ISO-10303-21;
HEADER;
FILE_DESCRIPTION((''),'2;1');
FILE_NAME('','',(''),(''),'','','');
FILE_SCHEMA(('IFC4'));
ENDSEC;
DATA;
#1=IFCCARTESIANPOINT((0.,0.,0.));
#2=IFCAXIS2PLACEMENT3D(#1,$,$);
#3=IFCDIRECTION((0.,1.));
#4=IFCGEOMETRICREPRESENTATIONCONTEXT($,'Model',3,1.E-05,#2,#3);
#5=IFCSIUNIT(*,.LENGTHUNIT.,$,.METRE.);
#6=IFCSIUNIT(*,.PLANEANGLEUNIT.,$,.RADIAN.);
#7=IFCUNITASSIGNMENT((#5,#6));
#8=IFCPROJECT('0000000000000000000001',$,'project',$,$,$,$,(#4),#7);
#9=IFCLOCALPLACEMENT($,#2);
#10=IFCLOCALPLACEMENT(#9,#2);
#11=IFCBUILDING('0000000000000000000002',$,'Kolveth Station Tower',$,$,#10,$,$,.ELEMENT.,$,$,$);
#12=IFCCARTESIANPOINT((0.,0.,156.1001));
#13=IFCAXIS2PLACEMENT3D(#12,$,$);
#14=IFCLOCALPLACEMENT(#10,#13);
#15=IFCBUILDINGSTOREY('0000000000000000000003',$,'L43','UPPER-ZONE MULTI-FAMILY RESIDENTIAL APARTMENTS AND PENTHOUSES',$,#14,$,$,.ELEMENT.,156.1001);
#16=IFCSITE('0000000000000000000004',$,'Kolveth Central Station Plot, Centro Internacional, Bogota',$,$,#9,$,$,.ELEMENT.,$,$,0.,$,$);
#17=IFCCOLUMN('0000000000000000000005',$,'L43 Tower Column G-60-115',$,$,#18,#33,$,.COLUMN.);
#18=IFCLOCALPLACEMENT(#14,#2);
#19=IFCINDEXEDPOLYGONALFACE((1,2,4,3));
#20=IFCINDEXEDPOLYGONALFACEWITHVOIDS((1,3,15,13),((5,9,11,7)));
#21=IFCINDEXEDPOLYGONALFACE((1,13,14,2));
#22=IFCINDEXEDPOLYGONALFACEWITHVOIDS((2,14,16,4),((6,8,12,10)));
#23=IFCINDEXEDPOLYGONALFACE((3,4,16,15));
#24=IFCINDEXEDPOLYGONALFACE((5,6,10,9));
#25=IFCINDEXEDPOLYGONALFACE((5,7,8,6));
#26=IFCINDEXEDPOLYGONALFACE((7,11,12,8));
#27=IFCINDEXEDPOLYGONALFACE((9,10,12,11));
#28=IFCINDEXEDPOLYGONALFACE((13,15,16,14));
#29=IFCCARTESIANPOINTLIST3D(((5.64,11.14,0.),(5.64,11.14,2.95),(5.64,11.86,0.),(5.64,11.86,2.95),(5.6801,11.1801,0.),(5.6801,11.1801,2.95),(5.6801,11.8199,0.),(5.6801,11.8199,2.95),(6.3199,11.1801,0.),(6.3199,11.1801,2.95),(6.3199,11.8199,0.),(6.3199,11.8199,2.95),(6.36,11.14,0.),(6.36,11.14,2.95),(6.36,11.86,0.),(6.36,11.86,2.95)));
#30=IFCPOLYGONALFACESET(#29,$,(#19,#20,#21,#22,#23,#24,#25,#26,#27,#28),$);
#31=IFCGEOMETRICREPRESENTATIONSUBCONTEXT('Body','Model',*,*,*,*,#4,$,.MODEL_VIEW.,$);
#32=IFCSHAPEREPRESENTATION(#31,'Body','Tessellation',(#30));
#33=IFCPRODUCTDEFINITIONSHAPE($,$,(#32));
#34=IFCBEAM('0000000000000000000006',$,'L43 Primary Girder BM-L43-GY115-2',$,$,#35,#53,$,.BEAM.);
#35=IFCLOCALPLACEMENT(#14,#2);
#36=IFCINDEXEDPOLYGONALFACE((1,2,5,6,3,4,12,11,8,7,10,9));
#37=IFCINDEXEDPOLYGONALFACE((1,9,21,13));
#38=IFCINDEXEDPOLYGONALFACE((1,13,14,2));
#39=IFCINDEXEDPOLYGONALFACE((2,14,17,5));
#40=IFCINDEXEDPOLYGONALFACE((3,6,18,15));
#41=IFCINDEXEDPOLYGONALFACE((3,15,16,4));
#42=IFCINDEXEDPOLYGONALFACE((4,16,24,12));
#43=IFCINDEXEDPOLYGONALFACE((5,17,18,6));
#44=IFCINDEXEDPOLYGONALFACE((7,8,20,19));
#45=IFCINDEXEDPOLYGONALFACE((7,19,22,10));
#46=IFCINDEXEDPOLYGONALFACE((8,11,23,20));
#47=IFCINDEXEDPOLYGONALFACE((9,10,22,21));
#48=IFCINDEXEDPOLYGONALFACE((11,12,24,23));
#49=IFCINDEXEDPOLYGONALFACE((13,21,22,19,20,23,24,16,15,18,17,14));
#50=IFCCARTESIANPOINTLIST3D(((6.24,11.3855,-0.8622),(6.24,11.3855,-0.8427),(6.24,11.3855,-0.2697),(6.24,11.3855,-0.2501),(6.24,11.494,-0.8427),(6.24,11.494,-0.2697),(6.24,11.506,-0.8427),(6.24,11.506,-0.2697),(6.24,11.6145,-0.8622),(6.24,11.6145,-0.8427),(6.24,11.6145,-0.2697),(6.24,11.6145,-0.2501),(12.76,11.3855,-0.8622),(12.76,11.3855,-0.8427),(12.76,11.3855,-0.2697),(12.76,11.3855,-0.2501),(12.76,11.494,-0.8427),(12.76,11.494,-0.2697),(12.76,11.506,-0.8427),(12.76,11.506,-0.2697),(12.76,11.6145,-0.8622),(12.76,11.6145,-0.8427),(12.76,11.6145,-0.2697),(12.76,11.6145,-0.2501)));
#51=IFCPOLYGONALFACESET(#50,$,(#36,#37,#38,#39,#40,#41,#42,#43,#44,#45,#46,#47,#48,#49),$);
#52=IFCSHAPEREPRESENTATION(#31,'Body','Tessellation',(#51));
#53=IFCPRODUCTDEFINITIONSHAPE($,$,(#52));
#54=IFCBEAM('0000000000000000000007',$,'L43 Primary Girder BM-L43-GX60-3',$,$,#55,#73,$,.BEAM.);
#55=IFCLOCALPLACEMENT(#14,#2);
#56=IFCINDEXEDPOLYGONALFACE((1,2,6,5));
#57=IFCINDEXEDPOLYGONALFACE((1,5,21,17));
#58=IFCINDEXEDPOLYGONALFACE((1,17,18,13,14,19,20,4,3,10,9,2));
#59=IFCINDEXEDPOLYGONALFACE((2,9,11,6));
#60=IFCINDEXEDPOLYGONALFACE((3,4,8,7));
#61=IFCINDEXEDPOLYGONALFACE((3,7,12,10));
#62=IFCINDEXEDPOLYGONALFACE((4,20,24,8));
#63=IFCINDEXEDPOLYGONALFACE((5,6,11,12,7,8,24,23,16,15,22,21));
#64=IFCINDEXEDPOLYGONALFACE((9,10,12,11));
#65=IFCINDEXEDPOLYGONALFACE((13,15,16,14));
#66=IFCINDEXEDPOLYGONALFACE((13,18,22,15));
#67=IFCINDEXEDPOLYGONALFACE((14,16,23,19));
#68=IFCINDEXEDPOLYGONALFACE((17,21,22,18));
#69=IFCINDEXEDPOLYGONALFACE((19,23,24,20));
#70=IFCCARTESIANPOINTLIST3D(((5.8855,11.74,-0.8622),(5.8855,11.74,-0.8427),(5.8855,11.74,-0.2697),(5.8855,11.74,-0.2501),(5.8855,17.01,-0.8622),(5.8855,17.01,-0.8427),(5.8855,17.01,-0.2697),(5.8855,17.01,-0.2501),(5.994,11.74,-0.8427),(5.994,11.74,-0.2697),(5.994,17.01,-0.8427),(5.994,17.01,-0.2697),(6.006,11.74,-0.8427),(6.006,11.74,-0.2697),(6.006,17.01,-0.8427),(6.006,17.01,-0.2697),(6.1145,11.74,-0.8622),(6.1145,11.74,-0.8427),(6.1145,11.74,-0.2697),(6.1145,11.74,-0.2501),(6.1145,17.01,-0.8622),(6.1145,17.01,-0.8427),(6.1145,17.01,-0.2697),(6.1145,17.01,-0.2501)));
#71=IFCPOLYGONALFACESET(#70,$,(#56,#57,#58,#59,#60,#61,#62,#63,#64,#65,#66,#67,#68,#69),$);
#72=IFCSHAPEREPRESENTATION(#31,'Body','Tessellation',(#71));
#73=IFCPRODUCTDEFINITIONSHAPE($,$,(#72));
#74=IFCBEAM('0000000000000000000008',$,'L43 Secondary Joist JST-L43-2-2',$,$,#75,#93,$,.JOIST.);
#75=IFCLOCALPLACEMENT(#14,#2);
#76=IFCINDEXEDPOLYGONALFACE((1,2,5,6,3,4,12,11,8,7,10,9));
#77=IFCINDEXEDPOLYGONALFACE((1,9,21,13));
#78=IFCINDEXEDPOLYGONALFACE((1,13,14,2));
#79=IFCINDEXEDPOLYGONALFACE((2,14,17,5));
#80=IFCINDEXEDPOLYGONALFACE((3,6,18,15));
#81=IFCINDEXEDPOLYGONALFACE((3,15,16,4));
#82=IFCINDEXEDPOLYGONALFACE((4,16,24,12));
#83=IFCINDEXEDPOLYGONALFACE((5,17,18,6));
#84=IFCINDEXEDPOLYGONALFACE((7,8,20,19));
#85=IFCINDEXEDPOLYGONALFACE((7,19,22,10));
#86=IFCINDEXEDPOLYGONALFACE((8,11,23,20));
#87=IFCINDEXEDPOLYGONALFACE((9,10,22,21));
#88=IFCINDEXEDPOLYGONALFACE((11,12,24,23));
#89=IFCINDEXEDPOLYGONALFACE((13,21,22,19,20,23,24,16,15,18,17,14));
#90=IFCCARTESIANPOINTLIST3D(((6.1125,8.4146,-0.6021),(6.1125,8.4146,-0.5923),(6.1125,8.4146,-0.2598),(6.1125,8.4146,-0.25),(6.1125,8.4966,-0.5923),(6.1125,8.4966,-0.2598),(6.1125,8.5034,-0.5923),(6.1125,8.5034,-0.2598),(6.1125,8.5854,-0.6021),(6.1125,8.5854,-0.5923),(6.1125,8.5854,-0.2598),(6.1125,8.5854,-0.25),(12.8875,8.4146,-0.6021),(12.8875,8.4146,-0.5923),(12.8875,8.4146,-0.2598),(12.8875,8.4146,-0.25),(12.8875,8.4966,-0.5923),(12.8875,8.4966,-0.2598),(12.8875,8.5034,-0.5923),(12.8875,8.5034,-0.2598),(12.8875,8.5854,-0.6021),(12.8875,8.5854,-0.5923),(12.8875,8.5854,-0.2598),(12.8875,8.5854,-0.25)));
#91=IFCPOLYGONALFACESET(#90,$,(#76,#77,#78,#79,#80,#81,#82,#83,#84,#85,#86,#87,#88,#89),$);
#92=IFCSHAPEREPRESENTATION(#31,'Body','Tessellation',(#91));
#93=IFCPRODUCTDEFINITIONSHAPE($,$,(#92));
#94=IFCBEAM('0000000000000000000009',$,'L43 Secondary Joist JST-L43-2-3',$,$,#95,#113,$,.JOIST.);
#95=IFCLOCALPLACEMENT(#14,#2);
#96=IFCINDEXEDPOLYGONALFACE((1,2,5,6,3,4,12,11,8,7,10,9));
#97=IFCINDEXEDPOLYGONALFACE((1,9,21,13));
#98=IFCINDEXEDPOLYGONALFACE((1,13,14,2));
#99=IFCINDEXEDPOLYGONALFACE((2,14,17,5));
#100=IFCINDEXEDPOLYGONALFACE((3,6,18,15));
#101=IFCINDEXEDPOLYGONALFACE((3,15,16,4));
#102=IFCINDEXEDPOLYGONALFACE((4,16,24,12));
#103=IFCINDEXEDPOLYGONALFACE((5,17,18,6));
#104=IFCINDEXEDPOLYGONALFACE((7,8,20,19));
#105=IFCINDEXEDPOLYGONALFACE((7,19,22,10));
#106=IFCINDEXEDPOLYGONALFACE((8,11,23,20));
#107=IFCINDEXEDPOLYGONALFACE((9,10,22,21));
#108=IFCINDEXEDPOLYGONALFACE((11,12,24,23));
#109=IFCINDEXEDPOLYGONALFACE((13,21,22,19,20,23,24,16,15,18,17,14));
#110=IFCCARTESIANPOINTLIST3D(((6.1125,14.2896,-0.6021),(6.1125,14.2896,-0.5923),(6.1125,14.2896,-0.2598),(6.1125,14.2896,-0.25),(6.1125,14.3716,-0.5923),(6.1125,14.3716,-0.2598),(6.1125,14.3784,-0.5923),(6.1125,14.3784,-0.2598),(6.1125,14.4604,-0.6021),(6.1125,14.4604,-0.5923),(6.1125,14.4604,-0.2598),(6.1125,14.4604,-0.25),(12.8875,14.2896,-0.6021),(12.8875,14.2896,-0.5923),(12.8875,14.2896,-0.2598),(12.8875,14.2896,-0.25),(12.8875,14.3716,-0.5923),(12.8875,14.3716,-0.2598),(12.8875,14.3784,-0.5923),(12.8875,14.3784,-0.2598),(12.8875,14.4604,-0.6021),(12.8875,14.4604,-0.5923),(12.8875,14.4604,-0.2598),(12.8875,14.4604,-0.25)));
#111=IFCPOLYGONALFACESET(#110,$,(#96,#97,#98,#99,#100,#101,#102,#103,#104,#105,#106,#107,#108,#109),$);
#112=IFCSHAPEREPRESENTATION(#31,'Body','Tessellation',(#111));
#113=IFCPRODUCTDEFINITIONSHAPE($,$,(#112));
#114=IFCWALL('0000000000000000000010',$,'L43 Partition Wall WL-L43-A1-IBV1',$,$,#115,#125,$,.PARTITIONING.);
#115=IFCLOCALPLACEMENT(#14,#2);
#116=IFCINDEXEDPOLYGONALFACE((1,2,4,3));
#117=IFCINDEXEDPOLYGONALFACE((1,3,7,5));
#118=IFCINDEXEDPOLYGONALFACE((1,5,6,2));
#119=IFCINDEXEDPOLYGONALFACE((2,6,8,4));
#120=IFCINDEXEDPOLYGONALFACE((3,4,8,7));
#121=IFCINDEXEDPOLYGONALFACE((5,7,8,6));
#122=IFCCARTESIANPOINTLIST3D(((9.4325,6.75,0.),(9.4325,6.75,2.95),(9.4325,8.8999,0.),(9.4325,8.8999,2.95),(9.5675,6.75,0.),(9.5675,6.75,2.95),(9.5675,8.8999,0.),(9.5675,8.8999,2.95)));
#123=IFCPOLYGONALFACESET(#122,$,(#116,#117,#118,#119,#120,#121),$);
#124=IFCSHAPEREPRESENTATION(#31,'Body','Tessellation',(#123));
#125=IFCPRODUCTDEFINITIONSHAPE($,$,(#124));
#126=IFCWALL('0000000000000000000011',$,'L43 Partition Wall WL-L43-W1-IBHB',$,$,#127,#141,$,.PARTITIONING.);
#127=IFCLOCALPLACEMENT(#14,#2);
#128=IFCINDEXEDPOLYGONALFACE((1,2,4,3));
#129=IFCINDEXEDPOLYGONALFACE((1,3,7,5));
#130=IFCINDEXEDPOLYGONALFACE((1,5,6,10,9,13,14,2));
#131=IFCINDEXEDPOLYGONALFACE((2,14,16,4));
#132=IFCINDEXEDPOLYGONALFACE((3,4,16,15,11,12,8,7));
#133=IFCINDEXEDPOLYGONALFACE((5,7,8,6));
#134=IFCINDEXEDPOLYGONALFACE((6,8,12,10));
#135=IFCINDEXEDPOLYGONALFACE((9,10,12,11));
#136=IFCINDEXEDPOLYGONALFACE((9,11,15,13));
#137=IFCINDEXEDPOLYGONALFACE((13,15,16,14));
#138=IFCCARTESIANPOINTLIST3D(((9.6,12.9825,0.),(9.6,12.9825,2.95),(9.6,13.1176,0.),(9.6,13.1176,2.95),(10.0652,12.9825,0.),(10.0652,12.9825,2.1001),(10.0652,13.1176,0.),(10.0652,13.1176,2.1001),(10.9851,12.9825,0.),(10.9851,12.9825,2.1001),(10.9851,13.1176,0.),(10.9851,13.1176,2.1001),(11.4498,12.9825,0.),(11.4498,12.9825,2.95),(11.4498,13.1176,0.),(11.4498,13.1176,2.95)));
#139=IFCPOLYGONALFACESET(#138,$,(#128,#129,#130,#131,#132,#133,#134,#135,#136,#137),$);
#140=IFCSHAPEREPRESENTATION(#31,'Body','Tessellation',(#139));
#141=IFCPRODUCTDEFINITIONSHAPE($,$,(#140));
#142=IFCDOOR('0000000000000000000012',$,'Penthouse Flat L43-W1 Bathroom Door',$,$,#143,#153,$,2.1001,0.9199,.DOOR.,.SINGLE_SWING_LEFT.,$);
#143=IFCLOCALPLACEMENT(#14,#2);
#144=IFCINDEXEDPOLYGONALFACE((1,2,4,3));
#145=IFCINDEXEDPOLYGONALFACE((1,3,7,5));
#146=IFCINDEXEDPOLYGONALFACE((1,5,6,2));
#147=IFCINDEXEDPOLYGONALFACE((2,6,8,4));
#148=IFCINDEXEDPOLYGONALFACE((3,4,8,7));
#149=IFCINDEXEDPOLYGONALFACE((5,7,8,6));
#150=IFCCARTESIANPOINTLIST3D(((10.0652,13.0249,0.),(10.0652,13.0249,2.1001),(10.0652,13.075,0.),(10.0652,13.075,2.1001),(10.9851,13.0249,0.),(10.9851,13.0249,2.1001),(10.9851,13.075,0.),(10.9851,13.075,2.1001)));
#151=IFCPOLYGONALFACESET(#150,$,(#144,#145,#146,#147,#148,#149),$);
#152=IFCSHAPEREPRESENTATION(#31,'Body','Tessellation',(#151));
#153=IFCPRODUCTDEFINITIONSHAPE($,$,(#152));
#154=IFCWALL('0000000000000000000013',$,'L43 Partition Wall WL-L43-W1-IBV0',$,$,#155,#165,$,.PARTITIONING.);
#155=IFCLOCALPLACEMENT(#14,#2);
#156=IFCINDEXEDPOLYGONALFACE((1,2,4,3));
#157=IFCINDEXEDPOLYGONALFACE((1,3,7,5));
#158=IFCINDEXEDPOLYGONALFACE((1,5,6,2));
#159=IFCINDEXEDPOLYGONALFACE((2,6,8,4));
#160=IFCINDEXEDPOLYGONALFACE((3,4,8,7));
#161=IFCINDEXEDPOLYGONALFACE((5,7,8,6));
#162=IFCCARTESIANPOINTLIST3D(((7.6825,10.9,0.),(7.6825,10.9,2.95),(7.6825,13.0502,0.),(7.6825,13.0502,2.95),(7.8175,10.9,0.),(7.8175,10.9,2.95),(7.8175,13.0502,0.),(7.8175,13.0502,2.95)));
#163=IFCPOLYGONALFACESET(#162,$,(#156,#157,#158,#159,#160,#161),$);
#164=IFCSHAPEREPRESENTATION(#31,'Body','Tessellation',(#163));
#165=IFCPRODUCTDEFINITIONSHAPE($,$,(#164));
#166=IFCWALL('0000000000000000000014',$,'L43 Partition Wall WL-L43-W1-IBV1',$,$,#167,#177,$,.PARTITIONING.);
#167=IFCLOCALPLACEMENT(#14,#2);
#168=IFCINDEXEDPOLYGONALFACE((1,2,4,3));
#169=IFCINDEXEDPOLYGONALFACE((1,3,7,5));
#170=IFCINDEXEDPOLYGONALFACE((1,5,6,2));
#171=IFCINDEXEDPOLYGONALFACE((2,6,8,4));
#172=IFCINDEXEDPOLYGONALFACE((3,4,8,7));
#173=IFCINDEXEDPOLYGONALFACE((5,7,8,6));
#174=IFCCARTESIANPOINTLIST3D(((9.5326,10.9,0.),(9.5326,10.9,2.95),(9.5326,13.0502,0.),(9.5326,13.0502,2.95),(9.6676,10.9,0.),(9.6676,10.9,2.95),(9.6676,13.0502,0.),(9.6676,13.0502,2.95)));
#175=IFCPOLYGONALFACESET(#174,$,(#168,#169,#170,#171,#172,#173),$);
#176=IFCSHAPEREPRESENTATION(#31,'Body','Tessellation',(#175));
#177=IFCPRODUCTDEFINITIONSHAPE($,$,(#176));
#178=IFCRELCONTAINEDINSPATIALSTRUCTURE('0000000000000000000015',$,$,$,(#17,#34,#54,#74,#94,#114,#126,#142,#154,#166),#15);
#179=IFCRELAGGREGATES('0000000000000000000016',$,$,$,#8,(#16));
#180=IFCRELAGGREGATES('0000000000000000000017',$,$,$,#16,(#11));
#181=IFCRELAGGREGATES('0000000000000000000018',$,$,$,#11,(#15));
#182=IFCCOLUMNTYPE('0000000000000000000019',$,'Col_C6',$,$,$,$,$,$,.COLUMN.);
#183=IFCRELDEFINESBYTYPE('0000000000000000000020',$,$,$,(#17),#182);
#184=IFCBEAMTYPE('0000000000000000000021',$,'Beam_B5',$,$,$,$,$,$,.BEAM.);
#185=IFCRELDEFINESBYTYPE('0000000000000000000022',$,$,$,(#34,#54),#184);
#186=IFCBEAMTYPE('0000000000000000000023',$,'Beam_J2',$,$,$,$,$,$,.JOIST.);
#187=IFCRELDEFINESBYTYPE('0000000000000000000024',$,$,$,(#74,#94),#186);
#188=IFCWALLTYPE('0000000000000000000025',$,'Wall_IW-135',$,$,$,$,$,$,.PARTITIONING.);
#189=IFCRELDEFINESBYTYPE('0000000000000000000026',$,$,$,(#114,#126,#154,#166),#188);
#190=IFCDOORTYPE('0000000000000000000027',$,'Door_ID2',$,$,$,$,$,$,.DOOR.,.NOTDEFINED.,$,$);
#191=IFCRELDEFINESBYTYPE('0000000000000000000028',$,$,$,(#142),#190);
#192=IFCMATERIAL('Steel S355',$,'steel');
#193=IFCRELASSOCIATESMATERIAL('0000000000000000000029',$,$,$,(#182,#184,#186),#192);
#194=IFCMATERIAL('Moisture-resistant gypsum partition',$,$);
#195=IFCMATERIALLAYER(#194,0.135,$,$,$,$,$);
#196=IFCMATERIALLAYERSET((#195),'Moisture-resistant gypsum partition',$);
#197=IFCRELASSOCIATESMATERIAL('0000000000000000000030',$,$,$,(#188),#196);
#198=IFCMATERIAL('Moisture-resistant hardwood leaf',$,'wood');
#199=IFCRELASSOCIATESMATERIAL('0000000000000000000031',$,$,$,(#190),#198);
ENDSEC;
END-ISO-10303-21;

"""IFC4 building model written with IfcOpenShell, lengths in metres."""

from ifc_helpers import new_model, si_unit, direction, frame, frame_2d, origin, origin_2d, place, context, subcontext, project, spatial, rectangle, hollow_rectangle, i_section, extrude, source, transform, mapped, material, layer, layer_set, material_profile, profile_set, type_object, element, fill, save


model = new_model("IFC4")

# Units and contexts
model_context = context("Model", 3, precision=1e-05, world=origin(), true_north=direction((0.0, 1.0)))
body_context = subcontext(model_context, "Body", "Model", "MODEL_VIEW")
ifc_project = project(units=[si_unit("LENGTHUNIT", "METRE"), si_unit("PLANEANGLEUNIT", "RADIAN")], contexts=[model_context])

# Site, building, storey
site_placement = place(None, origin())
site = spatial("IfcSite", under=ifc_project, at=site_placement, Name="Kolveth Central Station Plot, Centro Internacional, Bogota", CompositionType="ELEMENT", RefElevation=0.0)
building_placement = place(site_placement, origin())
building = spatial("IfcBuilding", under=site, at=building_placement, Name="Kolveth Station Tower", CompositionType="ELEMENT")
storey_placement = place(building_placement, frame((0.0, 0.0, 156.1001)))
storey = spatial("IfcBuildingStorey", under=building, at=storey_placement, Name="L43", Description="UPPER-ZONE MULTI-FAMILY RESIDENTIAL APARTMENTS AND PENTHOUSES", CompositionType="ELEMENT", Elevation=156.1001)

# Column
ifc_material_1 = material(Name="Steel S355", Category="steel")
ifc_material_profile_1 = material_profile(ifc_material_1, hollow_rectangle(XDim=0.72, YDim=0.72, WallThickness=0.04, at=origin_2d()), Name="BOX720x720x40")
ifc_profile_set_1 = profile_set([ifc_material_profile_1], Name="Steel S355")
column_type = type_object("IfcColumnType", Name="Col_C6", PredefinedType="COLUMN", material=ifc_profile_set_1)
shared_shape_1 = source(origin(), body_context, "Body", "SweptSolid", [
    extrude(hollow_rectangle(XDim=0.72, YDim=0.72, WallThickness=0.04, at=origin_2d()), origin(), (0.0, 0.0, 1.0), 2.95),
])
column_placement = place(storey_placement, frame((6.0, 11.5, 0.0), z_axis=(0.0, 0.0, 1.0), x_axis=(1.0, 0.0, 0.0)))
element("IfcColumn", 1, at=column_placement, inside=storey, type_object=column_type, Name="L43 Tower Column G-60-115", PredefinedType="COLUMN", context=body_context, shape_type="MappedRepresentation", body=[
    mapped(shared_shape_1, transform((0.0, 0.0, 0.0), x_axis=(1.0, 0.0, 0.0), y_axis=(0.0, 1.0, 0.0), z_axis=(0.0, 0.0, 1.0), scale=1.0)),
])

# Beams
ifc_material_profile_2 = material_profile(ifc_material_1, i_section(OverallWidth=0.229, OverallDepth=0.6121, WebThickness=0.012, FlangeThickness=0.0195, at=origin_2d()), Name="W610x125")
ifc_profile_set_2 = profile_set([ifc_material_profile_2], Name="Steel S355")
beam_type_1 = type_object("IfcBeamType", Name="Beam_B5", PredefinedType="BEAM", material=ifc_profile_set_2)
shared_shape_2 = source(origin(), body_context, "Body", "SweptSolid", [
    extrude(i_section(OverallWidth=0.229, OverallDepth=0.6121, WebThickness=0.012, FlangeThickness=0.0195, at=origin_2d()), origin(), (0.0, 0.0, 1.0), 6.52),
])
beam_1_placement = place(storey_placement, frame((6.24, 11.5, -0.5562), z_axis=(1.0, 0.0, 0.0), x_axis=(0.0, 1.0, 0.0)))
element("IfcBeam", 2, at=beam_1_placement, inside=storey, type_object=beam_type_1, Name="L43 Primary Girder BM-L43-GY115-2", PredefinedType="BEAM", context=body_context, shape_type="MappedRepresentation", body=[
    mapped(shared_shape_2, transform((0.0, 0.0, 0.0), x_axis=(1.0, 0.0, 0.0), y_axis=(0.0, 1.0, 0.0), z_axis=(0.0, 0.0, 1.0), scale=1.0)),
])
shared_shape_3 = source(origin(), body_context, "Body", "SweptSolid", [
    extrude(i_section(OverallWidth=0.229, OverallDepth=0.6121, WebThickness=0.012, FlangeThickness=0.0195, at=origin_2d()), origin(), (0.0, 0.0, 1.0), 5.27),
])
beam_2_placement = place(storey_placement, frame((6.0, 11.74, -0.5562), z_axis=(0.0, 1.0, 0.0), x_axis=(-1.0, 0.0, 0.0)))
element("IfcBeam", 3, at=beam_2_placement, inside=storey, type_object=beam_type_1, Name="L43 Primary Girder BM-L43-GX60-3", PredefinedType="BEAM", context=body_context, shape_type="MappedRepresentation", body=[
    mapped(shared_shape_3, transform((0.0, 0.0, 0.0), x_axis=(1.0, 0.0, 0.0), y_axis=(0.0, 1.0, 0.0), z_axis=(0.0, 0.0, 1.0), scale=1.0)),
])
ifc_material_profile_3 = material_profile(ifc_material_1, i_section(OverallWidth=0.1709, OverallDepth=0.3521, WebThickness=0.0068, FlangeThickness=0.0098, at=origin_2d()), Name="W360x44")
ifc_profile_set_3 = profile_set([ifc_material_profile_3], Name="Steel S355")
beam_type_2 = type_object("IfcBeamType", Name="Beam_J2", PredefinedType="JOIST", material=ifc_profile_set_3)
shared_shape_4 = source(origin(), body_context, "Body", "SweptSolid", [
    extrude(i_section(OverallWidth=0.1709, OverallDepth=0.3521, WebThickness=0.0068, FlangeThickness=0.0098, at=origin_2d()), origin(), (0.0, 0.0, 1.0), 6.7749),
])
for number, where, z_axis, x_axis, name in (
    (4, (6.1125, 8.5, -0.426), (1.0, 0.0, 0.0), (0.0, 1.0, 0.0), "L43 Secondary Joist JST-L43-2-2"),
    (5, (6.1125, 14.375, -0.426), (1.0, 0.0, 0.0), (0.0, 1.0, 0.0), "L43 Secondary Joist JST-L43-2-3"),
):
    element("IfcBeam", number, at=place(storey_placement, frame(where, z_axis=z_axis, x_axis=x_axis)), inside=storey, type_object=beam_type_2, Name=name, PredefinedType="JOIST", context=body_context, shape_type="MappedRepresentation", body=[
        mapped(shared_shape_4, transform((0.0, 0.0, 0.0), x_axis=(1.0, 0.0, 0.0), y_axis=(0.0, 1.0, 0.0), z_axis=(0.0, 0.0, 1.0), scale=1.0)),
    ])

# Wall
ifc_material_2 = material(Name="Moisture-resistant gypsum partition")
ifc_layer_1 = layer(ifc_material_2, 0.135)
ifc_layer_set_1 = layer_set([ifc_layer_1], Name="Moisture-resistant gypsum partition")
wall_type_1 = type_object("IfcWallType", Name="Wall_IW-135", PredefinedType="PARTITIONING", material=ifc_layer_set_1)
wall_1_placement = place(storey_placement, frame((9.5, 6.75, 0.0), z_axis=(0.0, 0.0, 1.0), x_axis=(0.0, 1.0, 0.0)))
element("IfcWall", 6, at=wall_1_placement, inside=storey, type_object=wall_type_1, Name="L43 Partition Wall WL-L43-A1-IBV1", PredefinedType="PARTITIONING", context=body_context, shape_type="SweptSolid", body=[
    extrude(rectangle(XDim=2.1499, YDim=0.135, at=frame_2d((1.075, 0.0))), origin(), (0.0, 0.0, 1.0), 2.95),
])

# Wall, opening, door
wall_2_placement = place(storey_placement, frame((9.6001, 13.05, 0.0), z_axis=(0.0, 0.0, 1.0), x_axis=(1.0, 0.0, 0.0)))
wall_2 = element("IfcWall", 7, at=wall_2_placement, inside=storey, type_object=wall_type_1, Name="L43 Partition Wall WL-L43-W1-IBHB", PredefinedType="PARTITIONING", context=body_context, shape_type="SweptSolid", body=[
    extrude(rectangle(XDim=1.8499, YDim=0.135, at=frame_2d((0.9248, 0.0))), origin(), (0.0, 0.0, 1.0), 2.95),
])
opening_1_placement = place(wall_2_placement, frame((0.4651, 0.0, 0.0)))
opening_1 = element("IfcOpeningElement", 8, at=opening_1_placement, cuts=wall_2, PredefinedType="OPENING", context=body_context, shape_type="SweptSolid", body=[
    extrude(rectangle(XDim=0.9199, YDim=2.1001, at=frame_2d((0.46, 1.05))), frame((0.0, 0.0774, 0.0), z_axis=(0.0, -1.0, 0.0), x_axis=(1.0, 0.0, 0.0)), (0.0, 0.0, 1.0), 0.155),
])
ifc_material_3 = material(Name="Moisture-resistant hardwood leaf", Category="wood")
door_type_1 = type_object("IfcDoorType", Name="Door_ID2", OperationType="NOTDEFINED", PredefinedType="DOOR", material=ifc_material_3)
door_1_placement = place(opening_1_placement, origin())
door_1 = element("IfcDoor", 9, at=door_1_placement, inside=storey, type_object=door_type_1, Name="Penthouse Flat L43-W1 Bathroom Door", OperationType="SINGLE_SWING_LEFT", OverallHeight=2.1001, OverallWidth=0.9199, PredefinedType="DOOR", context=body_context, shape_type="SweptSolid", body=[
    extrude(rectangle(XDim=0.9199, YDim=2.1001, at=frame_2d((0.46, 1.05))), frame((0.0, 0.0249, 0.0), z_axis=(0.0, -1.0, 0.0), x_axis=(1.0, 0.0, 0.0)), (0.0, 0.0, 1.0), 0.05),
])
fill(opening_1, door_1)

# Walls
for number, where, z_axis, x_axis, name in (
    (10, (7.75, 10.8999, 0.0), (0.0, 0.0, 1.0), (0.0, 1.0, 0.0), "L43 Partition Wall WL-L43-W1-IBV0"),
    (11, (9.6001, 10.8999, 0.0), (0.0, 0.0, 1.0), (0.0, 1.0, 0.0), "L43 Partition Wall WL-L43-W1-IBV1"),
):
    element("IfcWall", number, at=place(storey_placement, frame(where, z_axis=z_axis, x_axis=x_axis)), inside=storey, type_object=wall_type_1, Name=name, PredefinedType="PARTITIONING", context=body_context, shape_type="SweptSolid", body=[
        extrude(rectangle(XDim=2.1501, YDim=0.135, at=frame_2d((1.0752, 0.0))), origin(), (0.0, 0.0, 1.0), 2.95),
    ])

save(model, "model.ifc")
